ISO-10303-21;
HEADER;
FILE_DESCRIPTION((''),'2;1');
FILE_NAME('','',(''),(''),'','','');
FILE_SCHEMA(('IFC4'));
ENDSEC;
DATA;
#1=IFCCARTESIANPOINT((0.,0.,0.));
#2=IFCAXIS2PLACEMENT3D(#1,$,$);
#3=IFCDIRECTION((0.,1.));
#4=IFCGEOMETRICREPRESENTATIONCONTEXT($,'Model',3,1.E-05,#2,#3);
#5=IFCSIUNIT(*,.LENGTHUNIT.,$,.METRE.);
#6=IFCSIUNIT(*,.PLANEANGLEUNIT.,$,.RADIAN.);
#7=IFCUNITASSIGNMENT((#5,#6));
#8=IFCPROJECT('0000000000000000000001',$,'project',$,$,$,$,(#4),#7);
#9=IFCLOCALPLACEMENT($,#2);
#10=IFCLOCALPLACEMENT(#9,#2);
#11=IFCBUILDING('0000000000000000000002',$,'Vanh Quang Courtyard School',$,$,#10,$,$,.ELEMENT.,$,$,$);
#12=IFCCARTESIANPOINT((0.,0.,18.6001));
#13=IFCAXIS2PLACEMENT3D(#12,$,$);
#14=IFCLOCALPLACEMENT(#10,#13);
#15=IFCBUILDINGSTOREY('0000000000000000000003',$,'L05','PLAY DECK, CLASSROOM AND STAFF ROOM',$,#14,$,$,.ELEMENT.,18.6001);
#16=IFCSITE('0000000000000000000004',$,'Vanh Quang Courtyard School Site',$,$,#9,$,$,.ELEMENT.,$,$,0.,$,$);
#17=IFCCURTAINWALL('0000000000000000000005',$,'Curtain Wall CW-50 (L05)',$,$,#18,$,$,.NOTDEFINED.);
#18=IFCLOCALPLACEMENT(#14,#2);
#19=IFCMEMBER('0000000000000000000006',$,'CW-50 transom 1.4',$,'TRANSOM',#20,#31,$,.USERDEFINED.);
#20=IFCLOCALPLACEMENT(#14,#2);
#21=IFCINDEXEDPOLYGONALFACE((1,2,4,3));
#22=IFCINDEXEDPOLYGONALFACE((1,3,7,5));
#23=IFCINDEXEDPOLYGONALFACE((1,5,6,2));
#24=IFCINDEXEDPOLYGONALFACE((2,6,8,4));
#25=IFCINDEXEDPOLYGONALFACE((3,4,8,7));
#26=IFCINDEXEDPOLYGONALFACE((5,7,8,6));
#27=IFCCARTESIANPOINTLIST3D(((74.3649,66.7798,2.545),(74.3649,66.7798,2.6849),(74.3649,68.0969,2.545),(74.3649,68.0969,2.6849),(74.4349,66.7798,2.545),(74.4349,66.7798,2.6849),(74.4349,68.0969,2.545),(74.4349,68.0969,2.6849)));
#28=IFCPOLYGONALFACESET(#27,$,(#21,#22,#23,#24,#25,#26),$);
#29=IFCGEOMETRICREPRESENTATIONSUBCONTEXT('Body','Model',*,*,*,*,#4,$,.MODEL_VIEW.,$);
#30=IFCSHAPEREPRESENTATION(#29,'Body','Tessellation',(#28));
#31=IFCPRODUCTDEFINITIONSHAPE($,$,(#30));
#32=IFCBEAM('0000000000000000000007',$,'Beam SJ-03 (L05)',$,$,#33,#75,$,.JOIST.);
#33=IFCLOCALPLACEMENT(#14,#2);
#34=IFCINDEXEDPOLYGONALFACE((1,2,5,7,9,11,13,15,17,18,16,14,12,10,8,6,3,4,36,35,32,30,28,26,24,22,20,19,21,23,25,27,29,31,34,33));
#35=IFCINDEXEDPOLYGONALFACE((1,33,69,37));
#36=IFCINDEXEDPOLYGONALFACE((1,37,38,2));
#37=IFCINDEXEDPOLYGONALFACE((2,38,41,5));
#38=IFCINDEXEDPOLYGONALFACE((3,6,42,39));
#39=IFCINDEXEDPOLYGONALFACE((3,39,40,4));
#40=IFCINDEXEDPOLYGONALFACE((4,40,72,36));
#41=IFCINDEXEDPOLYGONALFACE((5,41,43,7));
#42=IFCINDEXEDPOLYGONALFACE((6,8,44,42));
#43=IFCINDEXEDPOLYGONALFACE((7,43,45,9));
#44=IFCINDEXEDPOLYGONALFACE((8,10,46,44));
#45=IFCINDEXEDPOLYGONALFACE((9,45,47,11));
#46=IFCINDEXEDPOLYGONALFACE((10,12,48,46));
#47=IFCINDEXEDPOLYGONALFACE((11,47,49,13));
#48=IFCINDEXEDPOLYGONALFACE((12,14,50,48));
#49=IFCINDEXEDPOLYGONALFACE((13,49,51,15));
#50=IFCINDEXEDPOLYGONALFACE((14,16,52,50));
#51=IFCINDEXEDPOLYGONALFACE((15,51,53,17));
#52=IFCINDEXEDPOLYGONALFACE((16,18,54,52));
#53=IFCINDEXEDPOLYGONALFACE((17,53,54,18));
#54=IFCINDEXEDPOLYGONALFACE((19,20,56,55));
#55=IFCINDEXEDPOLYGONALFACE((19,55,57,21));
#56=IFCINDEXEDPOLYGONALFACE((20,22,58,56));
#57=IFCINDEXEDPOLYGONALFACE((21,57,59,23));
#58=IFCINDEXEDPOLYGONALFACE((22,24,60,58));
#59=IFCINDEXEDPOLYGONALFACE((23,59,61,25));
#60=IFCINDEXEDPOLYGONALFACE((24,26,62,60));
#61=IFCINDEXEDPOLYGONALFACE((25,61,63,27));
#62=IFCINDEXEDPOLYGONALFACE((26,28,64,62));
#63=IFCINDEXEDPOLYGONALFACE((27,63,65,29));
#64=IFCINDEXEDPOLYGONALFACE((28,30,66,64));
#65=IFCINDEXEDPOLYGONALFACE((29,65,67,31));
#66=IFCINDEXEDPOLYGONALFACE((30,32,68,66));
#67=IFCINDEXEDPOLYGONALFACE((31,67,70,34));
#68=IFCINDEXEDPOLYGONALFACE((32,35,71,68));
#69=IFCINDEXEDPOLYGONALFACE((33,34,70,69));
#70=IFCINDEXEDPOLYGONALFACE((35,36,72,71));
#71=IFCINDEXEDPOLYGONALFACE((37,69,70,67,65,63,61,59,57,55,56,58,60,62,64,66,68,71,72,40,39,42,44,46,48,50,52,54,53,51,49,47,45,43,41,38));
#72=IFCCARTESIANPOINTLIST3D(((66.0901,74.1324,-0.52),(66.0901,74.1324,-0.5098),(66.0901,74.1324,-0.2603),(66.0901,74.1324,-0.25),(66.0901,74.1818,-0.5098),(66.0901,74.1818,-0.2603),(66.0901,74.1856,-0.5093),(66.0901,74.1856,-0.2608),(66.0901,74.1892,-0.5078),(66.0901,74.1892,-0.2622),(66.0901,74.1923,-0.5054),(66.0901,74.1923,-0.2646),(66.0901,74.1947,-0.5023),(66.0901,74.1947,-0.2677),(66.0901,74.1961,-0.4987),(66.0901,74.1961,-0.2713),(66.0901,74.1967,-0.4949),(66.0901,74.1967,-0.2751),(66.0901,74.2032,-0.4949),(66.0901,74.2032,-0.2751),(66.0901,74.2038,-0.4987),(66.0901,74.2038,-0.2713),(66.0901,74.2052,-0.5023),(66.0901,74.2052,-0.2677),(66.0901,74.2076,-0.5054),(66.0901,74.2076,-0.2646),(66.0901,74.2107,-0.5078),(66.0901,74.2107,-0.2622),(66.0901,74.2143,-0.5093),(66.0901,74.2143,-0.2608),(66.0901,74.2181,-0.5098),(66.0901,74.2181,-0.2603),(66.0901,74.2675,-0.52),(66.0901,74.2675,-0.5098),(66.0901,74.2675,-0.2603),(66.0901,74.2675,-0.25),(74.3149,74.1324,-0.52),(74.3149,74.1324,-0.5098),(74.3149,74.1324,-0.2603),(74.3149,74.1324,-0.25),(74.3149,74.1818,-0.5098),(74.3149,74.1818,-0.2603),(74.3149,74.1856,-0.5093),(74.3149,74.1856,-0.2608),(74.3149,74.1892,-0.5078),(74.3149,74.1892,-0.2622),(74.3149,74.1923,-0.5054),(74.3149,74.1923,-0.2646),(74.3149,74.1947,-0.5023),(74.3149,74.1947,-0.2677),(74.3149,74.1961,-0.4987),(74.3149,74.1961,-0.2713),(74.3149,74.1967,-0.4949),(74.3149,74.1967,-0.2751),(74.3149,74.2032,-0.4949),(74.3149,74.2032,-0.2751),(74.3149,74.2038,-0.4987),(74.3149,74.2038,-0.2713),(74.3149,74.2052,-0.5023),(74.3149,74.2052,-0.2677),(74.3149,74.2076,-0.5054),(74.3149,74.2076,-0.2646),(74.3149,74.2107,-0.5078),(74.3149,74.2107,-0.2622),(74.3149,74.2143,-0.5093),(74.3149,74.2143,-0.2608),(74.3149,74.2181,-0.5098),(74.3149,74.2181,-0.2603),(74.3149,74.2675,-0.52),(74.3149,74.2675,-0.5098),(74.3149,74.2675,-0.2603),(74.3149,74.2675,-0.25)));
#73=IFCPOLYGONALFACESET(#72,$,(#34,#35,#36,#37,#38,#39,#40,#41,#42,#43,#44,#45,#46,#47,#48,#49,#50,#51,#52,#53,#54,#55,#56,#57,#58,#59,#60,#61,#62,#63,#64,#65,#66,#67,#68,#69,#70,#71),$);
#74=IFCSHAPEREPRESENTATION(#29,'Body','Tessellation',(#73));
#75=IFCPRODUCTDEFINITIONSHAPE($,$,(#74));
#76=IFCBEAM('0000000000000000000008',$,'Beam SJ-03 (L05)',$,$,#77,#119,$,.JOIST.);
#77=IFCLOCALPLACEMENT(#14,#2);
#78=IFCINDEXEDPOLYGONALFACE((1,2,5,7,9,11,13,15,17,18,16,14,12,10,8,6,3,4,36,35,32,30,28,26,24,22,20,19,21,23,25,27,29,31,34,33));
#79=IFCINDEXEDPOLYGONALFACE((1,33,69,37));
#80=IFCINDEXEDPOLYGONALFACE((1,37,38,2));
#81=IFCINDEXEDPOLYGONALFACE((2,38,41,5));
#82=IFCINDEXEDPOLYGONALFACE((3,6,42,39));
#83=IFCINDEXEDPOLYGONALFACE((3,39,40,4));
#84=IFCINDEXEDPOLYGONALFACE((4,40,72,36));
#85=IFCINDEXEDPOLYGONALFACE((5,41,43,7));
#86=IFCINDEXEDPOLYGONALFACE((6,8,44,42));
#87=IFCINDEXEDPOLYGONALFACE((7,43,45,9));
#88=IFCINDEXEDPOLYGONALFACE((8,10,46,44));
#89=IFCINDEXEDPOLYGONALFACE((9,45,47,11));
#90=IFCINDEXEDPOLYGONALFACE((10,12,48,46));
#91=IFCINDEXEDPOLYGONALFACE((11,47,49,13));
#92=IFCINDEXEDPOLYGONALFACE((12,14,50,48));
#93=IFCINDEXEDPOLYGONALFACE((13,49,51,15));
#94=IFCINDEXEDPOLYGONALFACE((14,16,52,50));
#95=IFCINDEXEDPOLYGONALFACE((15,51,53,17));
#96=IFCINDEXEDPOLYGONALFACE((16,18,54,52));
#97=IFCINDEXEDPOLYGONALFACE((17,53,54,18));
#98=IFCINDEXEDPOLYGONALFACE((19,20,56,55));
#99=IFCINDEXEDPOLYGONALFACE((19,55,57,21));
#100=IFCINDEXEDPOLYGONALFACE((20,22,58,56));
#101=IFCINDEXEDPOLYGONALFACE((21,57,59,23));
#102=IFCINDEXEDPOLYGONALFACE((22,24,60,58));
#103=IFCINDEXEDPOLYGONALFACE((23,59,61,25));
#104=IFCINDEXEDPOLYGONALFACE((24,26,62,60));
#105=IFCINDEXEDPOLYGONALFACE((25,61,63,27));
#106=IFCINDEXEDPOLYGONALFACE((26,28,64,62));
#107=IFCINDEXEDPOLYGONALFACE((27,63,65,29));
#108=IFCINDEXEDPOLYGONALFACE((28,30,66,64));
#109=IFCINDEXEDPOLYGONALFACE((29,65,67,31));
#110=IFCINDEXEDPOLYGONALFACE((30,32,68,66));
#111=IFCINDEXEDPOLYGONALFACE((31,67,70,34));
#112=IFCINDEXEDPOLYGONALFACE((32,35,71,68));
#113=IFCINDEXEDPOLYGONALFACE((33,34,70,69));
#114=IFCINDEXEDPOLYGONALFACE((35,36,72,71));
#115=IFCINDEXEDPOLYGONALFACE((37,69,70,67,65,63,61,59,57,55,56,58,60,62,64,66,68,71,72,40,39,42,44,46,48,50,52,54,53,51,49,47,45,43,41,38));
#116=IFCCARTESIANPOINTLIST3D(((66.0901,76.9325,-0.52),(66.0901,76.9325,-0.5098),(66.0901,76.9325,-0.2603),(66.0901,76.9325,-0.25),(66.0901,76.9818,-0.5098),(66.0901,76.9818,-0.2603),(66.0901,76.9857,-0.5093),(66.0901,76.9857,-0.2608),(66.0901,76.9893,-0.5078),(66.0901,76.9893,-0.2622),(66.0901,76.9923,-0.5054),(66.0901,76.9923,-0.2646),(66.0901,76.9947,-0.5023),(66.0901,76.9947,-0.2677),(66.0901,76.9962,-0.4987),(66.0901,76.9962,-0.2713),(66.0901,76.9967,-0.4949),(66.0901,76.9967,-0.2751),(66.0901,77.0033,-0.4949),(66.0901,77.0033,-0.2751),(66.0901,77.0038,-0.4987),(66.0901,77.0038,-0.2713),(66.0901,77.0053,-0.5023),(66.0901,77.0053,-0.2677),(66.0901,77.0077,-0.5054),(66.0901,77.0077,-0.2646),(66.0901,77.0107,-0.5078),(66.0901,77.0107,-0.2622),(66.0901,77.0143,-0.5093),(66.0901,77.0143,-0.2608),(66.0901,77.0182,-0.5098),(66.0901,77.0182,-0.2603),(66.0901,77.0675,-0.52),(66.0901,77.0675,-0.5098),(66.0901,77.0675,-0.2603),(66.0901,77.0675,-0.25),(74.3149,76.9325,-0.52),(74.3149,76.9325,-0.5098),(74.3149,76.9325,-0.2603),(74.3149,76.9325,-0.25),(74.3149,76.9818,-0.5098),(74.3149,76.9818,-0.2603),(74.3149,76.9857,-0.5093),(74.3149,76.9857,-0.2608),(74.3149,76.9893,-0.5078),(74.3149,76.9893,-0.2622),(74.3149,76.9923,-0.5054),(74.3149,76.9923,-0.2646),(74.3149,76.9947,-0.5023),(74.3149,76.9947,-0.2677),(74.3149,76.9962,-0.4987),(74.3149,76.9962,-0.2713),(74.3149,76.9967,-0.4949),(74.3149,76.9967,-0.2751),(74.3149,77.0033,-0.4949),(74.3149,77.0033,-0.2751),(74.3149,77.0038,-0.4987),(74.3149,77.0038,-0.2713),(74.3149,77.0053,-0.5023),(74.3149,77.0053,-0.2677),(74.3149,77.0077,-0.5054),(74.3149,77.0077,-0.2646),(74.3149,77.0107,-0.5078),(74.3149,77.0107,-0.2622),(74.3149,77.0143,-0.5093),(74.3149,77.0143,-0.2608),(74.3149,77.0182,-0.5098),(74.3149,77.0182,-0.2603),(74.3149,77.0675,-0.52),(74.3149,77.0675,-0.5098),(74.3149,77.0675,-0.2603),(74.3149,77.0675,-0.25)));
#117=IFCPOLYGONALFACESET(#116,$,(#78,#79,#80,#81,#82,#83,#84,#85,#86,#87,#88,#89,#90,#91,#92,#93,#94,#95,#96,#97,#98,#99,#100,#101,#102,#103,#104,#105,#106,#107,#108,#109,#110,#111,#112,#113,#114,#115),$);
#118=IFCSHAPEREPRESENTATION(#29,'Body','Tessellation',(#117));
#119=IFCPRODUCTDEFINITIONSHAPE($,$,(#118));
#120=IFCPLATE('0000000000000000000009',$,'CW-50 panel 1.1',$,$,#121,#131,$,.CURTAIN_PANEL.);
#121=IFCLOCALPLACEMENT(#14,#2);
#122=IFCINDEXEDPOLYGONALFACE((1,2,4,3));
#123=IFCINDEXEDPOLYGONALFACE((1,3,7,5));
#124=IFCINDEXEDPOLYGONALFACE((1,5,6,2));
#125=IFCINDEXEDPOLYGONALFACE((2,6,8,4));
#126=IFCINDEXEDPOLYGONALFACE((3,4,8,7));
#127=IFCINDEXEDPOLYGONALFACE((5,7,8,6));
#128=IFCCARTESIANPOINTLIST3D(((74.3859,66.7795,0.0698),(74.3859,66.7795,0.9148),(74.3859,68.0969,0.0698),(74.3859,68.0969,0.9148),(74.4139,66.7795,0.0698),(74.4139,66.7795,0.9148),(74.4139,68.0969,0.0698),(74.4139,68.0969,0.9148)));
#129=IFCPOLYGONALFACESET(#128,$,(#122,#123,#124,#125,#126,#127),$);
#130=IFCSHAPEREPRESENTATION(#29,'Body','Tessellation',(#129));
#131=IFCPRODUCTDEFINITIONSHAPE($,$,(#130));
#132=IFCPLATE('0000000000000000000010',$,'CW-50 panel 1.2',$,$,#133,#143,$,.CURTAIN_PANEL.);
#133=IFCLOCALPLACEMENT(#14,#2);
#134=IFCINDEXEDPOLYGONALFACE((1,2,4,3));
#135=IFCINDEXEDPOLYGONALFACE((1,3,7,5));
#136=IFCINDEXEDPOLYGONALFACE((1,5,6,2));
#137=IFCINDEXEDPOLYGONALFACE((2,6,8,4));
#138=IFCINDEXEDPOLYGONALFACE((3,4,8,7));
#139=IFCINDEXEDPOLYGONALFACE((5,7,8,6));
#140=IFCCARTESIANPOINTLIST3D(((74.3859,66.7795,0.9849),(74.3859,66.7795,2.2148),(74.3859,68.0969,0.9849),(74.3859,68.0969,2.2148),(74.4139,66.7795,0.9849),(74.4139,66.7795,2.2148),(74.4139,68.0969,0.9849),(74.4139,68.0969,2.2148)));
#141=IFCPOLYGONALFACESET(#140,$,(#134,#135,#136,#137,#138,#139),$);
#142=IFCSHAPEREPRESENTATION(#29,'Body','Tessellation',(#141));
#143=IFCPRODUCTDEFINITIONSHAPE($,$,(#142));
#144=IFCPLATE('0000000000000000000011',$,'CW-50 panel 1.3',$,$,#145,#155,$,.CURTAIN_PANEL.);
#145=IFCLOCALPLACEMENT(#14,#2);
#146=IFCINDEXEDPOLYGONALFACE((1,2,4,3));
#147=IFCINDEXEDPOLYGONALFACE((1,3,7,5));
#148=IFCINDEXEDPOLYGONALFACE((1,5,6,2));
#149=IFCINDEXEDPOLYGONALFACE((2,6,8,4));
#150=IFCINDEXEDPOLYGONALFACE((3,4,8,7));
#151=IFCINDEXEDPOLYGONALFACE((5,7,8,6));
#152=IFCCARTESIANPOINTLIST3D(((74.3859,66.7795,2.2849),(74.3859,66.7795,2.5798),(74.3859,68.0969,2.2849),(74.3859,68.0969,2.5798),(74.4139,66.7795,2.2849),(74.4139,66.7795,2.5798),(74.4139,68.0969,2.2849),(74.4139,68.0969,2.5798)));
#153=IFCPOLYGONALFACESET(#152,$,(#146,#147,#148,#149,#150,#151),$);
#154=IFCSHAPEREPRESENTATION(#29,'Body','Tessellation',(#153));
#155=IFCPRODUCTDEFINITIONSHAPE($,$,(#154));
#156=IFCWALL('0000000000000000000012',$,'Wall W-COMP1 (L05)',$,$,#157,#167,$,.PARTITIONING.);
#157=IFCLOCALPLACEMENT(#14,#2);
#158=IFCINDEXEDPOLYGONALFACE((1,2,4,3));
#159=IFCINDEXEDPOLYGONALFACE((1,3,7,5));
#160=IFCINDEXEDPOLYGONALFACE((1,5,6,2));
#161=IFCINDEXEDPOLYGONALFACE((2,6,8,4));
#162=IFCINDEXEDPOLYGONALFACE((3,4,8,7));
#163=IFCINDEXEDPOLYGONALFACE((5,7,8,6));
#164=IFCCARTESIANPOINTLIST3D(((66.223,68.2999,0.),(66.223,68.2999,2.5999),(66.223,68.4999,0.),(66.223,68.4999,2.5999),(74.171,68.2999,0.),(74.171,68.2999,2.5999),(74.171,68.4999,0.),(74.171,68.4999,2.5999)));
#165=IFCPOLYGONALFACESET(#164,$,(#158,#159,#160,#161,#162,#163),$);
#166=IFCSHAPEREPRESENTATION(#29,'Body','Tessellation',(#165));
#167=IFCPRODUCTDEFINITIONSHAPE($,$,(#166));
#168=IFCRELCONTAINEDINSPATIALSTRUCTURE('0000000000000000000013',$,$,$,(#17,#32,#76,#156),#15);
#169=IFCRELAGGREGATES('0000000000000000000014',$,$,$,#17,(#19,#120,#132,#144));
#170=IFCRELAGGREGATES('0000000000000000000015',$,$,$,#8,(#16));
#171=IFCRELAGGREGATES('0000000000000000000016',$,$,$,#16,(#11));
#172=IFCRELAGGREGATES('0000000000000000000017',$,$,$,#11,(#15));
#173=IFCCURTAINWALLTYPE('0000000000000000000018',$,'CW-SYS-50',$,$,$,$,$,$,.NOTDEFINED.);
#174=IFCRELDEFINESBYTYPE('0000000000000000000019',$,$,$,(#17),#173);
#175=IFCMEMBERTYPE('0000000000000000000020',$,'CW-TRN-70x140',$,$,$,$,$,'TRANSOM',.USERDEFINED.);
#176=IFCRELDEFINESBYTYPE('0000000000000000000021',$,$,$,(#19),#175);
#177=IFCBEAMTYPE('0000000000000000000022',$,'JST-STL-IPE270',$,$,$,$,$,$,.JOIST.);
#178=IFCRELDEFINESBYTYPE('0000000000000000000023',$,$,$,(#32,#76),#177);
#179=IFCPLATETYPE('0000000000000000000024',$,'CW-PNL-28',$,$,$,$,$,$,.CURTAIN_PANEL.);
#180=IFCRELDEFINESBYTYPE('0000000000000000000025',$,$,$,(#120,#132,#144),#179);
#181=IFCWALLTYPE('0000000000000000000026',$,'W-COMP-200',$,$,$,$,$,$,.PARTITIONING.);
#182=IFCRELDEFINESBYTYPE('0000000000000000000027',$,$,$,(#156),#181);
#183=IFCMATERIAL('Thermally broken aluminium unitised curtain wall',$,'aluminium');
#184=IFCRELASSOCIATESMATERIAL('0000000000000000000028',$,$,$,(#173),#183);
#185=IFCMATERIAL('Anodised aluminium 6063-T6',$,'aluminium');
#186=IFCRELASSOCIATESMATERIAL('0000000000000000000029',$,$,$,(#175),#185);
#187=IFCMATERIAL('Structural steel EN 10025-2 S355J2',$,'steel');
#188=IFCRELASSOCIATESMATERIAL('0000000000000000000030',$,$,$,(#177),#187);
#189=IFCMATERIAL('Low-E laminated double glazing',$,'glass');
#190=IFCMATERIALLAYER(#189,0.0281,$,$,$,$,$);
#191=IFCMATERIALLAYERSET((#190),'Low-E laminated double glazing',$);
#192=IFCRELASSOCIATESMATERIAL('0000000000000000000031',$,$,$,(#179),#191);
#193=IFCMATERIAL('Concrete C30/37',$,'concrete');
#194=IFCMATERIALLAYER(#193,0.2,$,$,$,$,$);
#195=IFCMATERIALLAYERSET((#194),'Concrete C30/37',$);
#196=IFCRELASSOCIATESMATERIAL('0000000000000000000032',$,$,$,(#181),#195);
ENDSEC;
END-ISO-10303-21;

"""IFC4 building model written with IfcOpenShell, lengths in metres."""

from ifc_helpers import new_model, si_unit, direction, frame, frame_2d, origin, origin_2d, place, context, subcontext, project, spatial, rectangle, i_section, extrude, material, layer, layer_set, material_profile, profile_set, type_object, element, aggregate, save


model = new_model("IFC4")

# Units and contexts
model_context = context("Model", 3, precision=1e-05, world=origin(), true_north=direction((0.0, 1.0)))
body_context = subcontext(model_context, "Body", "Model", "MODEL_VIEW")
ifc_project = project(units=[si_unit("LENGTHUNIT", "METRE"), si_unit("PLANEANGLEUNIT", "RADIAN")], contexts=[model_context])

# Site, building, storey
site_placement = place(None, origin())
site = spatial("IfcSite", under=ifc_project, at=site_placement, Name="Vanh Quang Courtyard School Site", CompositionType="ELEMENT", RefElevation=0.0)
building_placement = place(site_placement, origin())
building = spatial("IfcBuilding", under=site, at=building_placement, Name="Vanh Quang Courtyard School", CompositionType="ELEMENT")
storey_placement = place(building_placement, frame((0.0, 0.0, 18.6001)))
storey = spatial("IfcBuildingStorey", under=building, at=storey_placement, Name="L05", Description="PLAY DECK, CLASSROOM AND STAFF ROOM", CompositionType="ELEMENT", Elevation=18.6001)

# Shared definitions
ifc_material_1 = material(Name="Structural steel EN 10025-2 S355J2", Category="steel")

# Curtain wall, member
ifc_material_2 = material(Name="Thermally broken aluminium unitised curtain wall", Category="aluminium")
curtain_wall_type = type_object("IfcCurtainWallType", Name="CW-SYS-50", PredefinedType="NOTDEFINED", material=ifc_material_2)
curtain_wall_placement = place(storey_placement, origin())
curtain_wall = element("IfcCurtainWall", 1, at=curtain_wall_placement, inside=storey, type_object=curtain_wall_type, Name="Curtain Wall CW-50 (L05)", PredefinedType="NOTDEFINED")
ifc_material_3 = material(Name="Anodised aluminium 6063-T6", Category="aluminium")
ifc_material_profile_1 = material_profile(ifc_material_3, rectangle(XDim=0.0701, YDim=0.1399, at=origin_2d()), Name="ALU-TRN 70x140")
ifc_profile_set_1 = profile_set([ifc_material_profile_1], Name="Anodised aluminium 6063-T6")
member_type_1 = type_object("IfcMemberType", Name="CW-TRN-70x140", ElementType="TRANSOM", PredefinedType="USERDEFINED", material=ifc_profile_set_1)
member_1_placement = place(storey_placement, frame((74.3999, 68.0969, 2.615), z_axis=(0.0, -1.0, 0.0), x_axis=(1.0, 0.0, 0.0)))
member_1 = element("IfcMember", 2, at=member_1_placement, type_object=member_type_1, Name="CW-50 transom 1.4", ObjectType="TRANSOM", PredefinedType="USERDEFINED", context=body_context, shape_type="SweptSolid", body=[
    extrude(rectangle(XDim=0.0701, YDim=0.1399, at=origin_2d()), origin(), (0.0, 0.0, 1.0), 1.3171),
])

# Beams
ifc_material_profile_2 = material_profile(ifc_material_1, i_section(OverallWidth=0.135, OverallDepth=0.27, WebThickness=0.0066, FlangeThickness=0.0103, FilletRadius=0.0149, at=origin_2d()), Name="IPE 270")
ifc_profile_set_2 = profile_set([ifc_material_profile_2], Name="Structural steel EN 10025-2 S355J2")
beam_type_1 = type_object("IfcBeamType", Name="JST-STL-IPE270", PredefinedType="JOIST", material=ifc_profile_set_2)
for number, where, z_axis, x_axis, name in (
    (3, (66.0901, 74.2, -0.385), (1.0, 0.0, 0.0), (0.0, 1.0, 0.0), "Beam SJ-03 (L05)"),
    (4, (66.0901, 77.0, -0.385), (1.0, 0.0, 0.0), (0.0, 1.0, 0.0), "Beam SJ-03 (L05)"),
):
    element("IfcBeam", number, at=place(storey_placement, frame(where, z_axis=z_axis, x_axis=x_axis)), inside=storey, type_object=beam_type_1, Name=name, PredefinedType="JOIST", context=body_context, shape_type="SweptSolid", body=[
        extrude(i_section(OverallWidth=0.135, OverallDepth=0.27, WebThickness=0.0066, FlangeThickness=0.0103, FilletRadius=0.0149, at=origin_2d()), origin(), (0.0, 0.0, 1.0), 8.2249),
    ])

# Plates
ifc_material_4 = material(Name="Low-E laminated double glazing", Category="glass")
ifc_layer_1 = layer(ifc_material_4, 0.0281)
ifc_layer_set_1 = layer_set([ifc_layer_1], Name="Low-E laminated double glazing")
plate_type = type_object("IfcPlateType", Name="CW-PNL-28", PredefinedType="CURTAIN_PANEL", material=ifc_layer_set_1)
plate_1_placement = place(storey_placement, frame((74.3999, 67.4382, 0.0698), z_axis=(0.0, 0.0, 1.0), x_axis=(0.0, -1.0, 0.0)))
plate_1 = element("IfcPlate", 5, at=plate_1_placement, type_object=plate_type, Name="CW-50 panel 1.1", PredefinedType="CURTAIN_PANEL", context=body_context, shape_type="SweptSolid", body=[
    extrude(rectangle(XDim=1.3174, YDim=0.0281, at=origin_2d()), origin(), (0.0, 0.0, 1.0), 0.845),
])
plate_2_placement = place(storey_placement, frame((74.3999, 67.4382, 0.9849), z_axis=(0.0, 0.0, 1.0), x_axis=(0.0, -1.0, 0.0)))
plate_2 = element("IfcPlate", 6, at=plate_2_placement, type_object=plate_type, Name="CW-50 panel 1.2", PredefinedType="CURTAIN_PANEL", context=body_context, shape_type="SweptSolid", body=[
    extrude(rectangle(XDim=1.3174, YDim=0.0281, at=origin_2d()), origin(), (0.0, 0.0, 1.0), 1.23),
])
plate_3_placement = place(storey_placement, frame((74.3999, 67.4382, 2.2849), z_axis=(0.0, 0.0, 1.0), x_axis=(0.0, -1.0, 0.0)))
plate_3 = element("IfcPlate", 7, at=plate_3_placement, type_object=plate_type, Name="CW-50 panel 1.3", PredefinedType="CURTAIN_PANEL", context=body_context, shape_type="SweptSolid", body=[
    extrude(rectangle(XDim=1.3174, YDim=0.0281, at=origin_2d()), origin(), (0.0, 0.0, 1.0), 0.2949),
])
aggregate(curtain_wall, [member_1, plate_1, plate_2, plate_3])

# Wall
ifc_material_5 = material(Name="Concrete C30/37", Category="concrete")
ifc_layer_2 = layer(ifc_material_5, 0.2)
ifc_layer_set_2 = layer_set([ifc_layer_2], Name="Concrete C30/37")
wall_type_1 = type_object("IfcWallType", Name="W-COMP-200", PredefinedType="PARTITIONING", material=ifc_layer_set_2)
wall_1_placement = place(storey_placement, frame((66.2229, 68.3999, 0.0), z_axis=(0.0, 0.0, 1.0), x_axis=(1.0, 0.0, 0.0)))
element("IfcWall", 8, at=wall_1_placement, inside=storey, type_object=wall_type_1, Name="Wall W-COMP1 (L05)", PredefinedType="PARTITIONING", context=body_context, shape_type="SweptSolid", body=[
    extrude(rectangle(XDim=7.948, YDim=0.2, at=frame_2d((3.9741, 0.0))), origin(), (0.0, 0.0, 1.0), 2.5999),
])

save(model, "model.ifc")
